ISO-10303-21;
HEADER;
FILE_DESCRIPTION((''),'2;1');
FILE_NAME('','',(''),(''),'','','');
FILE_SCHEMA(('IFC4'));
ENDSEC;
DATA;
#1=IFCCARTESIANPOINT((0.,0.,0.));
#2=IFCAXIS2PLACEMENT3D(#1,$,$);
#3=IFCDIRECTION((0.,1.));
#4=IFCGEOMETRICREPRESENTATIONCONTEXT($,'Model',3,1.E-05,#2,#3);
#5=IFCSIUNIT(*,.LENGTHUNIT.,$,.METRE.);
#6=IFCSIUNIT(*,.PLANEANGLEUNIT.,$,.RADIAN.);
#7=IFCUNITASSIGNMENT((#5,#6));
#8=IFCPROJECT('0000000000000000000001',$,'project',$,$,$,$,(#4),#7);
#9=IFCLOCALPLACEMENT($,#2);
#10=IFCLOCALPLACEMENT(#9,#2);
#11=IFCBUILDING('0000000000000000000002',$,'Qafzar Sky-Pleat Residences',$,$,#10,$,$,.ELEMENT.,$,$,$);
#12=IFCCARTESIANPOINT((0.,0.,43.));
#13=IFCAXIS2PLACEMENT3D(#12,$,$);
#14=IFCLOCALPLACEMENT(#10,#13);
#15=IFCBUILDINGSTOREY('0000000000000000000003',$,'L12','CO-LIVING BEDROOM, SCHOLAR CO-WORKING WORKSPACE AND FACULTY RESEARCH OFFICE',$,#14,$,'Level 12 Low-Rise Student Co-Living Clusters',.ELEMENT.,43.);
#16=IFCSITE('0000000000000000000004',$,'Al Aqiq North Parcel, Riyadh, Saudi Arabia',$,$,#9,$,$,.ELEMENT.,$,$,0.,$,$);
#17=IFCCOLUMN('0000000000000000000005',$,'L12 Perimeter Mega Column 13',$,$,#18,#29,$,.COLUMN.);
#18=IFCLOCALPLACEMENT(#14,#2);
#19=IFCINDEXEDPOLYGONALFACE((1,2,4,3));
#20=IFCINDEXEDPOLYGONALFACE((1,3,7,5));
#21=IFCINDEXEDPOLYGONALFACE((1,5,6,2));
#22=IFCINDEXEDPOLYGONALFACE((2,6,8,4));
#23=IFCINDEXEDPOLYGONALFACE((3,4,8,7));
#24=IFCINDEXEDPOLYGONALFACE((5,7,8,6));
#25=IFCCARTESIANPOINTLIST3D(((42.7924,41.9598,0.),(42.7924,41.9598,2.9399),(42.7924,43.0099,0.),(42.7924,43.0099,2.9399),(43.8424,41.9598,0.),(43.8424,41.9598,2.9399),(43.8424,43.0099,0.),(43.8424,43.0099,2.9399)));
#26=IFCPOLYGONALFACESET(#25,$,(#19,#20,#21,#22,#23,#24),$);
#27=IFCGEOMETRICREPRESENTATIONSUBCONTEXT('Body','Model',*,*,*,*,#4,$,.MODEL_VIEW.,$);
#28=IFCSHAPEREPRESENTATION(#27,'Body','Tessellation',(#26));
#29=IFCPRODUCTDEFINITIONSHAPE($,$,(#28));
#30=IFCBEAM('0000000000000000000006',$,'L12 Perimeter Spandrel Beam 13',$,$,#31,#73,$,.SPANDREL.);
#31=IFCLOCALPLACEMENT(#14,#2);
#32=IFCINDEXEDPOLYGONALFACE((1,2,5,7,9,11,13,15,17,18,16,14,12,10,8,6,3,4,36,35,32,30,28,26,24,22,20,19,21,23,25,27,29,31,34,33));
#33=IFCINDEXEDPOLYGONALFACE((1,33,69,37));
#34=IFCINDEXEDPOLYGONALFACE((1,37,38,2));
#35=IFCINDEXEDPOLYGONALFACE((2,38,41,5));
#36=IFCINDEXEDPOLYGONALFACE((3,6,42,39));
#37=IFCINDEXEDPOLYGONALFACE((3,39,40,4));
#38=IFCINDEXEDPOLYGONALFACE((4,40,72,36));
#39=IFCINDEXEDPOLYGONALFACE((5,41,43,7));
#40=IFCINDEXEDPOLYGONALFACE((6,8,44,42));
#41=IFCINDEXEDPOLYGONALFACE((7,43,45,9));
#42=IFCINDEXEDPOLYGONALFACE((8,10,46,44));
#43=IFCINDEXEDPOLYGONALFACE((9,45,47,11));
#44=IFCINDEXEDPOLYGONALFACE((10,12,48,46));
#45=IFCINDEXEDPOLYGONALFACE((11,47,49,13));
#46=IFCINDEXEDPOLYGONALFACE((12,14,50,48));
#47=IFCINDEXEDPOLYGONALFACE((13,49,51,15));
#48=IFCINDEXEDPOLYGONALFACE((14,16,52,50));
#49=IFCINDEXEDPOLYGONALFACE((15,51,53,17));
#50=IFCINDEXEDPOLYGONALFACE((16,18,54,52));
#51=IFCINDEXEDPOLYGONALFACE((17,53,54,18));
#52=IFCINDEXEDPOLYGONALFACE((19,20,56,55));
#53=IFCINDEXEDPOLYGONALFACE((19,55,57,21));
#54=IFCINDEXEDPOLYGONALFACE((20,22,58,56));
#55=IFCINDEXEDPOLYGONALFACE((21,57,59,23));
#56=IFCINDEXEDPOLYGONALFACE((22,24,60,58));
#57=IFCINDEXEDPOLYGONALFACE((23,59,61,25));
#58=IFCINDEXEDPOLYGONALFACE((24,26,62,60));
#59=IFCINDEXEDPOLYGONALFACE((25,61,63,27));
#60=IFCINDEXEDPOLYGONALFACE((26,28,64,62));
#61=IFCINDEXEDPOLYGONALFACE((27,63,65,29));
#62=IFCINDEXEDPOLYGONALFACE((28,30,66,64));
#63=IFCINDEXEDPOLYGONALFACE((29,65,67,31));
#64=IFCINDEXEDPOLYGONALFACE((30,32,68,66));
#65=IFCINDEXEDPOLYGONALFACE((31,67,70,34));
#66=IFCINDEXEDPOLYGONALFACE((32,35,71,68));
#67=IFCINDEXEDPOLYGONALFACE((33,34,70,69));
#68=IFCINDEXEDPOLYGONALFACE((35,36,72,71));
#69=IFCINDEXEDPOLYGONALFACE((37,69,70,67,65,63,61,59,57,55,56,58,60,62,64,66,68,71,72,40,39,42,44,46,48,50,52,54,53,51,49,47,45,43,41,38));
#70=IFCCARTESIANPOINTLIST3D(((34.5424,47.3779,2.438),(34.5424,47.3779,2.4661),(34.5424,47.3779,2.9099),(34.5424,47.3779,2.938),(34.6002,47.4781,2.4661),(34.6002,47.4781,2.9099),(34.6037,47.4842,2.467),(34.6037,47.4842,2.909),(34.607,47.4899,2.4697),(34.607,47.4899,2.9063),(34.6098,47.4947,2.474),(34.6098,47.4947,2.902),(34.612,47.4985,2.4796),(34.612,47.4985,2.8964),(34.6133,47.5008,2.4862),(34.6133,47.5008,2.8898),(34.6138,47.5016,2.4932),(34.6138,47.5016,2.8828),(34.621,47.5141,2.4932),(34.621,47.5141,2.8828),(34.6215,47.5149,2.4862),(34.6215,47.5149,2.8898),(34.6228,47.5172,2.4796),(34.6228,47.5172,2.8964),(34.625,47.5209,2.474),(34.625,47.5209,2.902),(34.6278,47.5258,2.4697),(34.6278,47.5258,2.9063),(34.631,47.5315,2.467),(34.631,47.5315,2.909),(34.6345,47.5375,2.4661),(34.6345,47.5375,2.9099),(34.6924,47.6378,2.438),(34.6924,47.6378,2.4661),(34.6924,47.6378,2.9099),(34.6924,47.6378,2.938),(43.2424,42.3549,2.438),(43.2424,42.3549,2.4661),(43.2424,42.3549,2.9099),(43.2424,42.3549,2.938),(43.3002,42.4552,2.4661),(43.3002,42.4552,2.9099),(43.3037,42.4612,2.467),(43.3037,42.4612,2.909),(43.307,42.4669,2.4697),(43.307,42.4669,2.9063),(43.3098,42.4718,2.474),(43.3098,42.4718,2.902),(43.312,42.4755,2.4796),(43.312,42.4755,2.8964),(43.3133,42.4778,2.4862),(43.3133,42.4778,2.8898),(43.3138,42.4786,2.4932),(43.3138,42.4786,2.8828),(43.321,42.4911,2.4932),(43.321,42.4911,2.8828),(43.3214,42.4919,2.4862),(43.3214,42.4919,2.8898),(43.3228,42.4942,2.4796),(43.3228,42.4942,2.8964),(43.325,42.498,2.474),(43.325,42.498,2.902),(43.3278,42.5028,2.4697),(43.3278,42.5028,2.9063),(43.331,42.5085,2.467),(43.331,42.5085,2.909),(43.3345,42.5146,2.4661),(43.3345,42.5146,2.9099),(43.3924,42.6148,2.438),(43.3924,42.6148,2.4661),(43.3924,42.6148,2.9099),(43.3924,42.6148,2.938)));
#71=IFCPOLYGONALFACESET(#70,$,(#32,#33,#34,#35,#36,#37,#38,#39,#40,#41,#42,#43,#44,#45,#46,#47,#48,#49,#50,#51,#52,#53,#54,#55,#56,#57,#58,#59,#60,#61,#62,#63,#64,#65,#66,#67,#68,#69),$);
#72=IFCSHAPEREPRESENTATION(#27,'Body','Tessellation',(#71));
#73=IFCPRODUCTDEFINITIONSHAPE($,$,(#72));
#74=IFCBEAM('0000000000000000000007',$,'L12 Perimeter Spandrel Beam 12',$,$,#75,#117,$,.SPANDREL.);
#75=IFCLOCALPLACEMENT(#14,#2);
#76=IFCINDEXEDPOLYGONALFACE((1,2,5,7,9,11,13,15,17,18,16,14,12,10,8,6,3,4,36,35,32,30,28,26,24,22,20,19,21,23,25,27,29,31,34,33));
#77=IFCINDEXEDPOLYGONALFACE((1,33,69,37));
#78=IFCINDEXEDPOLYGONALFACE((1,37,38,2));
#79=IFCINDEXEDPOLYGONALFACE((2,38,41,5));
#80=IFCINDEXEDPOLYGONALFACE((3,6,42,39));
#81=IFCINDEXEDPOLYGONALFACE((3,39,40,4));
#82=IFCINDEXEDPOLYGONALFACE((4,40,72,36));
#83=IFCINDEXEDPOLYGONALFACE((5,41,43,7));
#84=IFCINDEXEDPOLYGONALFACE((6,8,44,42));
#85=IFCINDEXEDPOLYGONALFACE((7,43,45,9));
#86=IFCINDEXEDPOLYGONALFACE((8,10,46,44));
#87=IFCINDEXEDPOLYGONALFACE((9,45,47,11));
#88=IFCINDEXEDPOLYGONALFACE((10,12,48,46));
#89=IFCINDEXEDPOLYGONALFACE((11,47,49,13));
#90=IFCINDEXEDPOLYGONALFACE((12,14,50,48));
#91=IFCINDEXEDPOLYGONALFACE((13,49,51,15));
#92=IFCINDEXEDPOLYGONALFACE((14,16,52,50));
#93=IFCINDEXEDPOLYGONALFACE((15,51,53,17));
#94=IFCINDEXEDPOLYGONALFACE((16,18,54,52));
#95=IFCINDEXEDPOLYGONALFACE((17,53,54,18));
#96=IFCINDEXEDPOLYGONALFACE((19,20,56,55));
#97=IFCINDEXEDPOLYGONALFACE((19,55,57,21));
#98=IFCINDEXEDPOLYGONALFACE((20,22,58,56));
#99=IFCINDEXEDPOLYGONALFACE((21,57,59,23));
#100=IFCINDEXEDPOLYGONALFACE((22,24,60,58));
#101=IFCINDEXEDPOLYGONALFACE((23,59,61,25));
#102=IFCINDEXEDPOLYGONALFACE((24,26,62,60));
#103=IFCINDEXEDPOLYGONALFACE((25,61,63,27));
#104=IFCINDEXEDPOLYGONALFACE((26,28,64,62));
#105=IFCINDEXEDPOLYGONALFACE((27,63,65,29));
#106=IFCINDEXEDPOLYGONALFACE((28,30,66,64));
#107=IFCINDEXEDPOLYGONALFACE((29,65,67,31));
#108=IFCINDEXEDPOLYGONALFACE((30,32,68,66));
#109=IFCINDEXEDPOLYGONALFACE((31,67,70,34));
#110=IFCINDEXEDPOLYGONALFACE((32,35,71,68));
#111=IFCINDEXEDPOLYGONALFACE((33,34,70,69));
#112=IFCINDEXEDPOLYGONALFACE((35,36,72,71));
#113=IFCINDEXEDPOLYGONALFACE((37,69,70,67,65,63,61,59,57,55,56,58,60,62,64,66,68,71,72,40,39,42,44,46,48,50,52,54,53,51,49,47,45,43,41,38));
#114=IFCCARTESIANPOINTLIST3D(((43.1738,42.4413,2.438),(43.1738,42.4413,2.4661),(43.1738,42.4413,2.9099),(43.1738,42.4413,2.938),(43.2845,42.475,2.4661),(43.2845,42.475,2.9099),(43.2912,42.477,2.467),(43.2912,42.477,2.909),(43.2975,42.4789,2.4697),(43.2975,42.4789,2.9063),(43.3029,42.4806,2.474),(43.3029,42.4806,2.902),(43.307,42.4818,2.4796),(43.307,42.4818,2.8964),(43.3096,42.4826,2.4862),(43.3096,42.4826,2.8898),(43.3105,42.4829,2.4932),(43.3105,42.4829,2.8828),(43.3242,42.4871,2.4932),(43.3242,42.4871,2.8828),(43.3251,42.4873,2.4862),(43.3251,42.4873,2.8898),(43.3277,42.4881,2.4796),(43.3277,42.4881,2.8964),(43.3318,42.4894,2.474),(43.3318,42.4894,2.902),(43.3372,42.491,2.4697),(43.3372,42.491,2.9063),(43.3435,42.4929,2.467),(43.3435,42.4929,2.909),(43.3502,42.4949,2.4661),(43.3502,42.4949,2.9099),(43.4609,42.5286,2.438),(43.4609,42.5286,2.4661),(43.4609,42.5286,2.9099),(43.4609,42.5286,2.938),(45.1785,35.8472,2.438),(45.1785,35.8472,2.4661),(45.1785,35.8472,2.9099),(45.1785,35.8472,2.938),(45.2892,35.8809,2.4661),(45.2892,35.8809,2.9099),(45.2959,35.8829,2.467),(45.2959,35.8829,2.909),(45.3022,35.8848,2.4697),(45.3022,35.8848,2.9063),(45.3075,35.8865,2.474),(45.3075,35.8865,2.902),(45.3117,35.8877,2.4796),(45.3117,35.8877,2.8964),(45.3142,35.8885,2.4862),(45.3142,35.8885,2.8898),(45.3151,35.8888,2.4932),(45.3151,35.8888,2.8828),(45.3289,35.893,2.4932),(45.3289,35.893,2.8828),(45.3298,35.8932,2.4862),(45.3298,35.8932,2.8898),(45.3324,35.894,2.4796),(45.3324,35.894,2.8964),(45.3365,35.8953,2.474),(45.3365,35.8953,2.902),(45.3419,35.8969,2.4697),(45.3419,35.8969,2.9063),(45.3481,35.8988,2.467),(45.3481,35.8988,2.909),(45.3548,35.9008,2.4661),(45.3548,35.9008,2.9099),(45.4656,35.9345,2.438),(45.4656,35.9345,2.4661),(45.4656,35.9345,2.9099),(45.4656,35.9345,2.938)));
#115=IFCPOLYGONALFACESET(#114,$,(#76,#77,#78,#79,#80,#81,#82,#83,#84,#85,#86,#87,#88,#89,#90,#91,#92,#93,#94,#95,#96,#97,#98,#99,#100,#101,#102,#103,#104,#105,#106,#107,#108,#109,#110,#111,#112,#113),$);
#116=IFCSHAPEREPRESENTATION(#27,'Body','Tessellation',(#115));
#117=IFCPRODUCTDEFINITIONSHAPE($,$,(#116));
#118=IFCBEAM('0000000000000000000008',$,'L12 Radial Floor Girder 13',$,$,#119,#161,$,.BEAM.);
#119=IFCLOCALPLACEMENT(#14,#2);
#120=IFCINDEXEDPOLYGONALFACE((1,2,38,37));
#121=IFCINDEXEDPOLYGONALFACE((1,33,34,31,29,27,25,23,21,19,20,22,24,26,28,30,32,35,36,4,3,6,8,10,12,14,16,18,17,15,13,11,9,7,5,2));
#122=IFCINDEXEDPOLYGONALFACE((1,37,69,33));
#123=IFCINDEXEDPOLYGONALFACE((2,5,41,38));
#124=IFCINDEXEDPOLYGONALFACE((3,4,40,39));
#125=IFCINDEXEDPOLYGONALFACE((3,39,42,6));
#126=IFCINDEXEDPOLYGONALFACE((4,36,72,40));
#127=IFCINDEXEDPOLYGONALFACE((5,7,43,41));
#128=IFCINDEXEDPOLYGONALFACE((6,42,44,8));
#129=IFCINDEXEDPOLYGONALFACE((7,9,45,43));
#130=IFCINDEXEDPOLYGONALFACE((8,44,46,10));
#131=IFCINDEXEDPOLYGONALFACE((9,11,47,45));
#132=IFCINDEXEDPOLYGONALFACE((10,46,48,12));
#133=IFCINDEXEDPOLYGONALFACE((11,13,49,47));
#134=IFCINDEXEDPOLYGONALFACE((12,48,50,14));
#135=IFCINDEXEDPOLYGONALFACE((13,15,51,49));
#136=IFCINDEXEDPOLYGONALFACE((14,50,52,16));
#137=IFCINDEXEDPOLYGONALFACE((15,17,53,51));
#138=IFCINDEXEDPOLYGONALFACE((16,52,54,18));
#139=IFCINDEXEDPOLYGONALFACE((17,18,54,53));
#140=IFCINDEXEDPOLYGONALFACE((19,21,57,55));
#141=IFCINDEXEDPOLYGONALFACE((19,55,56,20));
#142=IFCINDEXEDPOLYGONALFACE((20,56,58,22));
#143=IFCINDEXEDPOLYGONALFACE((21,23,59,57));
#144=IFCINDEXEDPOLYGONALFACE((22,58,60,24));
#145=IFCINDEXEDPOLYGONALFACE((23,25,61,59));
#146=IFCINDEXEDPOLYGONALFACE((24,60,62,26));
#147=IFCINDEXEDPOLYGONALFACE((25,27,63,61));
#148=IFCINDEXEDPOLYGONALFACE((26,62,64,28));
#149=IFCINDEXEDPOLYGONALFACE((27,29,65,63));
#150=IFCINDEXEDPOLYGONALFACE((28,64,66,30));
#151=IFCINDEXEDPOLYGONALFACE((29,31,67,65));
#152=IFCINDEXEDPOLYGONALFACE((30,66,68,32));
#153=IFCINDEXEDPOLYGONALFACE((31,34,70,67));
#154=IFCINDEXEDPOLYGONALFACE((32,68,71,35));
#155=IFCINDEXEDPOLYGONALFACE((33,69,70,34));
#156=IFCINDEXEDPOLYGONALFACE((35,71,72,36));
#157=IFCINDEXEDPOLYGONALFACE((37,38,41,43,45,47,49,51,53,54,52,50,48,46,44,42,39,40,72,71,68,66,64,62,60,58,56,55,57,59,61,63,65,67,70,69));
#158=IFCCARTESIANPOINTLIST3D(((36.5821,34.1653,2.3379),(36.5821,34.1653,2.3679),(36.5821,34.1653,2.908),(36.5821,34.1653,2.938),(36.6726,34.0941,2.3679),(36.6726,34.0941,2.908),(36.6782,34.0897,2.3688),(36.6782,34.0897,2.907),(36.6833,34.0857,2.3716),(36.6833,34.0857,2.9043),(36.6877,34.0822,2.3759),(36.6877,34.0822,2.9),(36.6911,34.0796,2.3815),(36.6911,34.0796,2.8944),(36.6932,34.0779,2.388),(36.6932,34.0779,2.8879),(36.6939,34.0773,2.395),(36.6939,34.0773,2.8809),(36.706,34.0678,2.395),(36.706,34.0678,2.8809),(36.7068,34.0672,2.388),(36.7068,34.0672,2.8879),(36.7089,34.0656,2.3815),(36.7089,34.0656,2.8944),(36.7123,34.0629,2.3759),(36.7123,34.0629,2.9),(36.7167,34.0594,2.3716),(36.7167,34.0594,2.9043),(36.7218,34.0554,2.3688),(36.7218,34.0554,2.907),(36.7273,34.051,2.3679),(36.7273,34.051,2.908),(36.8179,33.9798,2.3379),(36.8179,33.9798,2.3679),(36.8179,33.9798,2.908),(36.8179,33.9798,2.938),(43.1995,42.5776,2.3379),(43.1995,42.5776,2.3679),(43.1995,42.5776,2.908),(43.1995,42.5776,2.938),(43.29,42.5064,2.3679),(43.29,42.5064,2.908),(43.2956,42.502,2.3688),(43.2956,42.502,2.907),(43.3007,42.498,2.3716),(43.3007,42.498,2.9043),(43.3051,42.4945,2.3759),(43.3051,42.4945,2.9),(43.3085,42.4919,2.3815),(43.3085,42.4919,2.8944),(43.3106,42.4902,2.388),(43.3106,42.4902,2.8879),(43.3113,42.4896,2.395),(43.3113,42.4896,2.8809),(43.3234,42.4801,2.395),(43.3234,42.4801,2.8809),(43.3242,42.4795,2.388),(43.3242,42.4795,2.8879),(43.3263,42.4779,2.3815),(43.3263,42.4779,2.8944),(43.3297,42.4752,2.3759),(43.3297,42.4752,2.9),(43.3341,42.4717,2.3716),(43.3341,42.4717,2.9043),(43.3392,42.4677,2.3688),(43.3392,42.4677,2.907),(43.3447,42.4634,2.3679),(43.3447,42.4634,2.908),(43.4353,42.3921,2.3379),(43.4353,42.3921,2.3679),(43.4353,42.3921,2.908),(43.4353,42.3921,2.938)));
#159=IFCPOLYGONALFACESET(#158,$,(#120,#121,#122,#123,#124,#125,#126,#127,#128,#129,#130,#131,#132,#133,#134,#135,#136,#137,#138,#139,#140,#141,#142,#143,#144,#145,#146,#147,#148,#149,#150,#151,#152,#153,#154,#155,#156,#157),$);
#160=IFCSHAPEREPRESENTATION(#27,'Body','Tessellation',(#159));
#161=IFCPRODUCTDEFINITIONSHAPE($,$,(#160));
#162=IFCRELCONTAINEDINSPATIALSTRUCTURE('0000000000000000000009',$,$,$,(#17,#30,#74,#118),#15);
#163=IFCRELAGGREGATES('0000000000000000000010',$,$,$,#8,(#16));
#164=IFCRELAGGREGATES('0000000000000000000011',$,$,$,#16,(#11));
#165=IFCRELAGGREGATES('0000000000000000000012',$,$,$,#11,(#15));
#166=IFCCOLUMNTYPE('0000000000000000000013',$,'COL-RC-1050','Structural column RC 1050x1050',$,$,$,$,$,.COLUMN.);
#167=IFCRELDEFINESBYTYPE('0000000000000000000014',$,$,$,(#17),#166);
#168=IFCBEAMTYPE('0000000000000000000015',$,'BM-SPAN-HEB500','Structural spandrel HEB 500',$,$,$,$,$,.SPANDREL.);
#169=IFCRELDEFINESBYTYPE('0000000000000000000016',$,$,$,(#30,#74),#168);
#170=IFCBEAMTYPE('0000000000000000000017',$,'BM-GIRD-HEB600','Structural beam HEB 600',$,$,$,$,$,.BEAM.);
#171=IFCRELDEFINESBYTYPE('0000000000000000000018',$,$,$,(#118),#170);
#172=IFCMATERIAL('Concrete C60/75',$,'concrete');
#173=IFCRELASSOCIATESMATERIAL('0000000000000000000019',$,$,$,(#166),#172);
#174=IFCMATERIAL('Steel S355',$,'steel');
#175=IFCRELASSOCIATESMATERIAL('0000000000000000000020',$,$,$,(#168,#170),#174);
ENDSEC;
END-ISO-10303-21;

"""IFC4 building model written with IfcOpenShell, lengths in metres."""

from ifc_helpers import new_model, si_unit, direction, frame, origin, origin_2d, place, context, subcontext, project, spatial, rectangle, i_section, extrude, source, transform, mapped, material, material_profile, profile_set, type_object, element, save


model = new_model("IFC4")

# Units and contexts
model_context = context("Model", 3, precision=1e-05, world=origin(), true_north=direction((0.0, 1.0)))
body_context = subcontext(model_context, "Body", "Model", "MODEL_VIEW")
ifc_project = project(units=[si_unit("LENGTHUNIT", "METRE"), si_unit("PLANEANGLEUNIT", "RADIAN")], contexts=[model_context])

# Site, building, storey
site_placement = place(None, origin())
site = spatial("IfcSite", under=ifc_project, at=site_placement, Name="Al Aqiq North Parcel, Riyadh, Saudi Arabia", CompositionType="ELEMENT", RefElevation=0.0)
building_placement = place(site_placement, origin())
building = spatial("IfcBuilding", under=site, at=building_placement, Name="Qafzar Sky-Pleat Residences", CompositionType="ELEMENT")
storey_placement = place(building_placement, frame((0.0, 0.0, 43.0)))
storey = spatial("IfcBuildingStorey", under=building, at=storey_placement, Name="L12", Description="CO-LIVING BEDROOM, SCHOLAR CO-WORKING WORKSPACE AND FACULTY RESEARCH OFFICE", LongName="Level 12 Low-Rise Student Co-Living Clusters", CompositionType="ELEMENT", Elevation=43.0)

# Column
ifc_material_1 = material(Name="Concrete C60/75", Category="concrete")
ifc_material_profile_1 = material_profile(ifc_material_1, rectangle(XDim=1.05, YDim=1.05, at=origin_2d()), Name="RC 1050x1050")
ifc_profile_set_1 = profile_set([ifc_material_profile_1], Name="Concrete C60/75")
column_type = type_object("IfcColumnType", Name="COL-RC-1050", Description="Structural column RC 1050x1050", PredefinedType="COLUMN", material=ifc_profile_set_1)
shared_shape_1 = source(origin(), body_context, "Body", "SweptSolid", [
    extrude(rectangle(XDim=1.05, YDim=1.05, at=origin_2d()), origin(), (0.0, 0.0, 1.0), 2.9399),
])
column_placement = place(storey_placement, frame((43.3174, 42.4849, 0.0), z_axis=(0.0, 0.0, 1.0), x_axis=(1.0, 0.0, 0.0)))
element("IfcColumn", 1, at=column_placement, inside=storey, type_object=column_type, Name="L12 Perimeter Mega Column 13", PredefinedType="COLUMN", context=body_context, shape_type="MappedRepresentation", body=[
    mapped(shared_shape_1, transform((0.0, 0.0, 0.0), x_axis=(1.0, 0.0, 0.0), y_axis=(0.0, 1.0, 0.0), z_axis=(0.0, 0.0, 1.0), scale=1.0)),
])

# Beams
ifc_material_2 = material(Name="Steel S355", Category="steel")
ifc_material_profile_2 = material_profile(ifc_material_2, i_section(OverallWidth=0.3, OverallDepth=0.5, WebThickness=0.0144, FlangeThickness=0.0281, FilletRadius=0.0271, at=origin_2d()), Name="HEB 500")
ifc_profile_set_2 = profile_set([ifc_material_profile_2], Name="Steel S355")
beam_type_1 = type_object("IfcBeamType", Name="BM-SPAN-HEB500", Description="Structural spandrel HEB 500", PredefinedType="SPANDREL", material=ifc_profile_set_2)
shared_shape_2 = source(origin(), body_context, "Body", "SweptSolid", [
    extrude(i_section(OverallWidth=0.3, OverallDepth=0.5, WebThickness=0.0144, FlangeThickness=0.0281, FilletRadius=0.0271, at=origin_2d()), origin(), (0.0, 0.0, 1.0), 10.0459),
])
beam_1_placement = place(storey_placement, frame((43.3174, 42.4849, 2.688), z_axis=(-0.866024, 0.500002, 0.0), x_axis=(-0.500002, -0.866024, 0.0)))
element("IfcBeam", 2, at=beam_1_placement, inside=storey, type_object=beam_type_1, Name="L12 Perimeter Spandrel Beam 13", PredefinedType="SPANDREL", context=body_context, shape_type="MappedRepresentation", body=[
    mapped(shared_shape_2, transform((0.0, 0.0, 0.0), x_axis=(1.0, 0.0, 0.0), y_axis=(0.0, 1.0, 0.0), z_axis=(0.0, 0.0, 1.0), scale=1.0)),
])
shared_shape_3 = source(origin(), body_context, "Body", "SweptSolid", [
    extrude(i_section(OverallWidth=0.3, OverallDepth=0.5, WebThickness=0.0144, FlangeThickness=0.0281, FilletRadius=0.0271, at=origin_2d()), origin(), (0.0, 0.0, 1.0), 6.8921),
])
beam_2_placement = place(storey_placement, frame((45.322, 35.8909, 2.688), z_axis=(-0.290866, 0.956764, 0.0), x_axis=(-0.956764, -0.290866, 0.0)))
element("IfcBeam", 3, at=beam_2_placement, inside=storey, type_object=beam_type_1, Name="L12 Perimeter Spandrel Beam 12", PredefinedType="SPANDREL", context=body_context, shape_type="MappedRepresentation", body=[
    mapped(shared_shape_3, transform((0.0, 0.0, 0.0), x_axis=(1.0, 0.0, 0.0), y_axis=(0.0, 1.0, 0.0), z_axis=(0.0, 0.0, 1.0), scale=1.0)),
])
ifc_material_profile_3 = material_profile(ifc_material_2, i_section(OverallWidth=0.3, OverallDepth=0.6001, WebThickness=0.0154, FlangeThickness=0.03, FilletRadius=0.0271, at=origin_2d()), Name="HEB 600")
ifc_profile_set_3 = profile_set([ifc_material_profile_3], Name="Steel S355")
beam_type_2 = type_object("IfcBeamType", Name="BM-GIRD-HEB600", Description="Structural beam HEB 600", PredefinedType="BEAM", material=ifc_profile_set_3)
shared_shape_4 = source(origin(), body_context, "Body", "SweptSolid", [
    extrude(i_section(OverallWidth=0.3, OverallDepth=0.6001, WebThickness=0.0154, FlangeThickness=0.03, FilletRadius=0.0271, at=origin_2d()), origin(), (0.0, 0.0, 1.0), 10.7031),
])
beam_3_placement = place(storey_placement, frame((43.3174, 42.4849, 2.6379), z_axis=(-0.618268, -0.785968, 0.0), x_axis=(0.785968, -0.618268, 0.0)))
element("IfcBeam", 4, at=beam_3_placement, inside=storey, type_object=beam_type_2, Name="L12 Radial Floor Girder 13", PredefinedType="BEAM", context=body_context, shape_type="MappedRepresentation", body=[
    mapped(shared_shape_4, transform((0.0, 0.0, 0.0), x_axis=(1.0, 0.0, 0.0), y_axis=(0.0, 1.0, 0.0), z_axis=(0.0, 0.0, 1.0), scale=1.0)),
])

save(model, "model.ifc")
